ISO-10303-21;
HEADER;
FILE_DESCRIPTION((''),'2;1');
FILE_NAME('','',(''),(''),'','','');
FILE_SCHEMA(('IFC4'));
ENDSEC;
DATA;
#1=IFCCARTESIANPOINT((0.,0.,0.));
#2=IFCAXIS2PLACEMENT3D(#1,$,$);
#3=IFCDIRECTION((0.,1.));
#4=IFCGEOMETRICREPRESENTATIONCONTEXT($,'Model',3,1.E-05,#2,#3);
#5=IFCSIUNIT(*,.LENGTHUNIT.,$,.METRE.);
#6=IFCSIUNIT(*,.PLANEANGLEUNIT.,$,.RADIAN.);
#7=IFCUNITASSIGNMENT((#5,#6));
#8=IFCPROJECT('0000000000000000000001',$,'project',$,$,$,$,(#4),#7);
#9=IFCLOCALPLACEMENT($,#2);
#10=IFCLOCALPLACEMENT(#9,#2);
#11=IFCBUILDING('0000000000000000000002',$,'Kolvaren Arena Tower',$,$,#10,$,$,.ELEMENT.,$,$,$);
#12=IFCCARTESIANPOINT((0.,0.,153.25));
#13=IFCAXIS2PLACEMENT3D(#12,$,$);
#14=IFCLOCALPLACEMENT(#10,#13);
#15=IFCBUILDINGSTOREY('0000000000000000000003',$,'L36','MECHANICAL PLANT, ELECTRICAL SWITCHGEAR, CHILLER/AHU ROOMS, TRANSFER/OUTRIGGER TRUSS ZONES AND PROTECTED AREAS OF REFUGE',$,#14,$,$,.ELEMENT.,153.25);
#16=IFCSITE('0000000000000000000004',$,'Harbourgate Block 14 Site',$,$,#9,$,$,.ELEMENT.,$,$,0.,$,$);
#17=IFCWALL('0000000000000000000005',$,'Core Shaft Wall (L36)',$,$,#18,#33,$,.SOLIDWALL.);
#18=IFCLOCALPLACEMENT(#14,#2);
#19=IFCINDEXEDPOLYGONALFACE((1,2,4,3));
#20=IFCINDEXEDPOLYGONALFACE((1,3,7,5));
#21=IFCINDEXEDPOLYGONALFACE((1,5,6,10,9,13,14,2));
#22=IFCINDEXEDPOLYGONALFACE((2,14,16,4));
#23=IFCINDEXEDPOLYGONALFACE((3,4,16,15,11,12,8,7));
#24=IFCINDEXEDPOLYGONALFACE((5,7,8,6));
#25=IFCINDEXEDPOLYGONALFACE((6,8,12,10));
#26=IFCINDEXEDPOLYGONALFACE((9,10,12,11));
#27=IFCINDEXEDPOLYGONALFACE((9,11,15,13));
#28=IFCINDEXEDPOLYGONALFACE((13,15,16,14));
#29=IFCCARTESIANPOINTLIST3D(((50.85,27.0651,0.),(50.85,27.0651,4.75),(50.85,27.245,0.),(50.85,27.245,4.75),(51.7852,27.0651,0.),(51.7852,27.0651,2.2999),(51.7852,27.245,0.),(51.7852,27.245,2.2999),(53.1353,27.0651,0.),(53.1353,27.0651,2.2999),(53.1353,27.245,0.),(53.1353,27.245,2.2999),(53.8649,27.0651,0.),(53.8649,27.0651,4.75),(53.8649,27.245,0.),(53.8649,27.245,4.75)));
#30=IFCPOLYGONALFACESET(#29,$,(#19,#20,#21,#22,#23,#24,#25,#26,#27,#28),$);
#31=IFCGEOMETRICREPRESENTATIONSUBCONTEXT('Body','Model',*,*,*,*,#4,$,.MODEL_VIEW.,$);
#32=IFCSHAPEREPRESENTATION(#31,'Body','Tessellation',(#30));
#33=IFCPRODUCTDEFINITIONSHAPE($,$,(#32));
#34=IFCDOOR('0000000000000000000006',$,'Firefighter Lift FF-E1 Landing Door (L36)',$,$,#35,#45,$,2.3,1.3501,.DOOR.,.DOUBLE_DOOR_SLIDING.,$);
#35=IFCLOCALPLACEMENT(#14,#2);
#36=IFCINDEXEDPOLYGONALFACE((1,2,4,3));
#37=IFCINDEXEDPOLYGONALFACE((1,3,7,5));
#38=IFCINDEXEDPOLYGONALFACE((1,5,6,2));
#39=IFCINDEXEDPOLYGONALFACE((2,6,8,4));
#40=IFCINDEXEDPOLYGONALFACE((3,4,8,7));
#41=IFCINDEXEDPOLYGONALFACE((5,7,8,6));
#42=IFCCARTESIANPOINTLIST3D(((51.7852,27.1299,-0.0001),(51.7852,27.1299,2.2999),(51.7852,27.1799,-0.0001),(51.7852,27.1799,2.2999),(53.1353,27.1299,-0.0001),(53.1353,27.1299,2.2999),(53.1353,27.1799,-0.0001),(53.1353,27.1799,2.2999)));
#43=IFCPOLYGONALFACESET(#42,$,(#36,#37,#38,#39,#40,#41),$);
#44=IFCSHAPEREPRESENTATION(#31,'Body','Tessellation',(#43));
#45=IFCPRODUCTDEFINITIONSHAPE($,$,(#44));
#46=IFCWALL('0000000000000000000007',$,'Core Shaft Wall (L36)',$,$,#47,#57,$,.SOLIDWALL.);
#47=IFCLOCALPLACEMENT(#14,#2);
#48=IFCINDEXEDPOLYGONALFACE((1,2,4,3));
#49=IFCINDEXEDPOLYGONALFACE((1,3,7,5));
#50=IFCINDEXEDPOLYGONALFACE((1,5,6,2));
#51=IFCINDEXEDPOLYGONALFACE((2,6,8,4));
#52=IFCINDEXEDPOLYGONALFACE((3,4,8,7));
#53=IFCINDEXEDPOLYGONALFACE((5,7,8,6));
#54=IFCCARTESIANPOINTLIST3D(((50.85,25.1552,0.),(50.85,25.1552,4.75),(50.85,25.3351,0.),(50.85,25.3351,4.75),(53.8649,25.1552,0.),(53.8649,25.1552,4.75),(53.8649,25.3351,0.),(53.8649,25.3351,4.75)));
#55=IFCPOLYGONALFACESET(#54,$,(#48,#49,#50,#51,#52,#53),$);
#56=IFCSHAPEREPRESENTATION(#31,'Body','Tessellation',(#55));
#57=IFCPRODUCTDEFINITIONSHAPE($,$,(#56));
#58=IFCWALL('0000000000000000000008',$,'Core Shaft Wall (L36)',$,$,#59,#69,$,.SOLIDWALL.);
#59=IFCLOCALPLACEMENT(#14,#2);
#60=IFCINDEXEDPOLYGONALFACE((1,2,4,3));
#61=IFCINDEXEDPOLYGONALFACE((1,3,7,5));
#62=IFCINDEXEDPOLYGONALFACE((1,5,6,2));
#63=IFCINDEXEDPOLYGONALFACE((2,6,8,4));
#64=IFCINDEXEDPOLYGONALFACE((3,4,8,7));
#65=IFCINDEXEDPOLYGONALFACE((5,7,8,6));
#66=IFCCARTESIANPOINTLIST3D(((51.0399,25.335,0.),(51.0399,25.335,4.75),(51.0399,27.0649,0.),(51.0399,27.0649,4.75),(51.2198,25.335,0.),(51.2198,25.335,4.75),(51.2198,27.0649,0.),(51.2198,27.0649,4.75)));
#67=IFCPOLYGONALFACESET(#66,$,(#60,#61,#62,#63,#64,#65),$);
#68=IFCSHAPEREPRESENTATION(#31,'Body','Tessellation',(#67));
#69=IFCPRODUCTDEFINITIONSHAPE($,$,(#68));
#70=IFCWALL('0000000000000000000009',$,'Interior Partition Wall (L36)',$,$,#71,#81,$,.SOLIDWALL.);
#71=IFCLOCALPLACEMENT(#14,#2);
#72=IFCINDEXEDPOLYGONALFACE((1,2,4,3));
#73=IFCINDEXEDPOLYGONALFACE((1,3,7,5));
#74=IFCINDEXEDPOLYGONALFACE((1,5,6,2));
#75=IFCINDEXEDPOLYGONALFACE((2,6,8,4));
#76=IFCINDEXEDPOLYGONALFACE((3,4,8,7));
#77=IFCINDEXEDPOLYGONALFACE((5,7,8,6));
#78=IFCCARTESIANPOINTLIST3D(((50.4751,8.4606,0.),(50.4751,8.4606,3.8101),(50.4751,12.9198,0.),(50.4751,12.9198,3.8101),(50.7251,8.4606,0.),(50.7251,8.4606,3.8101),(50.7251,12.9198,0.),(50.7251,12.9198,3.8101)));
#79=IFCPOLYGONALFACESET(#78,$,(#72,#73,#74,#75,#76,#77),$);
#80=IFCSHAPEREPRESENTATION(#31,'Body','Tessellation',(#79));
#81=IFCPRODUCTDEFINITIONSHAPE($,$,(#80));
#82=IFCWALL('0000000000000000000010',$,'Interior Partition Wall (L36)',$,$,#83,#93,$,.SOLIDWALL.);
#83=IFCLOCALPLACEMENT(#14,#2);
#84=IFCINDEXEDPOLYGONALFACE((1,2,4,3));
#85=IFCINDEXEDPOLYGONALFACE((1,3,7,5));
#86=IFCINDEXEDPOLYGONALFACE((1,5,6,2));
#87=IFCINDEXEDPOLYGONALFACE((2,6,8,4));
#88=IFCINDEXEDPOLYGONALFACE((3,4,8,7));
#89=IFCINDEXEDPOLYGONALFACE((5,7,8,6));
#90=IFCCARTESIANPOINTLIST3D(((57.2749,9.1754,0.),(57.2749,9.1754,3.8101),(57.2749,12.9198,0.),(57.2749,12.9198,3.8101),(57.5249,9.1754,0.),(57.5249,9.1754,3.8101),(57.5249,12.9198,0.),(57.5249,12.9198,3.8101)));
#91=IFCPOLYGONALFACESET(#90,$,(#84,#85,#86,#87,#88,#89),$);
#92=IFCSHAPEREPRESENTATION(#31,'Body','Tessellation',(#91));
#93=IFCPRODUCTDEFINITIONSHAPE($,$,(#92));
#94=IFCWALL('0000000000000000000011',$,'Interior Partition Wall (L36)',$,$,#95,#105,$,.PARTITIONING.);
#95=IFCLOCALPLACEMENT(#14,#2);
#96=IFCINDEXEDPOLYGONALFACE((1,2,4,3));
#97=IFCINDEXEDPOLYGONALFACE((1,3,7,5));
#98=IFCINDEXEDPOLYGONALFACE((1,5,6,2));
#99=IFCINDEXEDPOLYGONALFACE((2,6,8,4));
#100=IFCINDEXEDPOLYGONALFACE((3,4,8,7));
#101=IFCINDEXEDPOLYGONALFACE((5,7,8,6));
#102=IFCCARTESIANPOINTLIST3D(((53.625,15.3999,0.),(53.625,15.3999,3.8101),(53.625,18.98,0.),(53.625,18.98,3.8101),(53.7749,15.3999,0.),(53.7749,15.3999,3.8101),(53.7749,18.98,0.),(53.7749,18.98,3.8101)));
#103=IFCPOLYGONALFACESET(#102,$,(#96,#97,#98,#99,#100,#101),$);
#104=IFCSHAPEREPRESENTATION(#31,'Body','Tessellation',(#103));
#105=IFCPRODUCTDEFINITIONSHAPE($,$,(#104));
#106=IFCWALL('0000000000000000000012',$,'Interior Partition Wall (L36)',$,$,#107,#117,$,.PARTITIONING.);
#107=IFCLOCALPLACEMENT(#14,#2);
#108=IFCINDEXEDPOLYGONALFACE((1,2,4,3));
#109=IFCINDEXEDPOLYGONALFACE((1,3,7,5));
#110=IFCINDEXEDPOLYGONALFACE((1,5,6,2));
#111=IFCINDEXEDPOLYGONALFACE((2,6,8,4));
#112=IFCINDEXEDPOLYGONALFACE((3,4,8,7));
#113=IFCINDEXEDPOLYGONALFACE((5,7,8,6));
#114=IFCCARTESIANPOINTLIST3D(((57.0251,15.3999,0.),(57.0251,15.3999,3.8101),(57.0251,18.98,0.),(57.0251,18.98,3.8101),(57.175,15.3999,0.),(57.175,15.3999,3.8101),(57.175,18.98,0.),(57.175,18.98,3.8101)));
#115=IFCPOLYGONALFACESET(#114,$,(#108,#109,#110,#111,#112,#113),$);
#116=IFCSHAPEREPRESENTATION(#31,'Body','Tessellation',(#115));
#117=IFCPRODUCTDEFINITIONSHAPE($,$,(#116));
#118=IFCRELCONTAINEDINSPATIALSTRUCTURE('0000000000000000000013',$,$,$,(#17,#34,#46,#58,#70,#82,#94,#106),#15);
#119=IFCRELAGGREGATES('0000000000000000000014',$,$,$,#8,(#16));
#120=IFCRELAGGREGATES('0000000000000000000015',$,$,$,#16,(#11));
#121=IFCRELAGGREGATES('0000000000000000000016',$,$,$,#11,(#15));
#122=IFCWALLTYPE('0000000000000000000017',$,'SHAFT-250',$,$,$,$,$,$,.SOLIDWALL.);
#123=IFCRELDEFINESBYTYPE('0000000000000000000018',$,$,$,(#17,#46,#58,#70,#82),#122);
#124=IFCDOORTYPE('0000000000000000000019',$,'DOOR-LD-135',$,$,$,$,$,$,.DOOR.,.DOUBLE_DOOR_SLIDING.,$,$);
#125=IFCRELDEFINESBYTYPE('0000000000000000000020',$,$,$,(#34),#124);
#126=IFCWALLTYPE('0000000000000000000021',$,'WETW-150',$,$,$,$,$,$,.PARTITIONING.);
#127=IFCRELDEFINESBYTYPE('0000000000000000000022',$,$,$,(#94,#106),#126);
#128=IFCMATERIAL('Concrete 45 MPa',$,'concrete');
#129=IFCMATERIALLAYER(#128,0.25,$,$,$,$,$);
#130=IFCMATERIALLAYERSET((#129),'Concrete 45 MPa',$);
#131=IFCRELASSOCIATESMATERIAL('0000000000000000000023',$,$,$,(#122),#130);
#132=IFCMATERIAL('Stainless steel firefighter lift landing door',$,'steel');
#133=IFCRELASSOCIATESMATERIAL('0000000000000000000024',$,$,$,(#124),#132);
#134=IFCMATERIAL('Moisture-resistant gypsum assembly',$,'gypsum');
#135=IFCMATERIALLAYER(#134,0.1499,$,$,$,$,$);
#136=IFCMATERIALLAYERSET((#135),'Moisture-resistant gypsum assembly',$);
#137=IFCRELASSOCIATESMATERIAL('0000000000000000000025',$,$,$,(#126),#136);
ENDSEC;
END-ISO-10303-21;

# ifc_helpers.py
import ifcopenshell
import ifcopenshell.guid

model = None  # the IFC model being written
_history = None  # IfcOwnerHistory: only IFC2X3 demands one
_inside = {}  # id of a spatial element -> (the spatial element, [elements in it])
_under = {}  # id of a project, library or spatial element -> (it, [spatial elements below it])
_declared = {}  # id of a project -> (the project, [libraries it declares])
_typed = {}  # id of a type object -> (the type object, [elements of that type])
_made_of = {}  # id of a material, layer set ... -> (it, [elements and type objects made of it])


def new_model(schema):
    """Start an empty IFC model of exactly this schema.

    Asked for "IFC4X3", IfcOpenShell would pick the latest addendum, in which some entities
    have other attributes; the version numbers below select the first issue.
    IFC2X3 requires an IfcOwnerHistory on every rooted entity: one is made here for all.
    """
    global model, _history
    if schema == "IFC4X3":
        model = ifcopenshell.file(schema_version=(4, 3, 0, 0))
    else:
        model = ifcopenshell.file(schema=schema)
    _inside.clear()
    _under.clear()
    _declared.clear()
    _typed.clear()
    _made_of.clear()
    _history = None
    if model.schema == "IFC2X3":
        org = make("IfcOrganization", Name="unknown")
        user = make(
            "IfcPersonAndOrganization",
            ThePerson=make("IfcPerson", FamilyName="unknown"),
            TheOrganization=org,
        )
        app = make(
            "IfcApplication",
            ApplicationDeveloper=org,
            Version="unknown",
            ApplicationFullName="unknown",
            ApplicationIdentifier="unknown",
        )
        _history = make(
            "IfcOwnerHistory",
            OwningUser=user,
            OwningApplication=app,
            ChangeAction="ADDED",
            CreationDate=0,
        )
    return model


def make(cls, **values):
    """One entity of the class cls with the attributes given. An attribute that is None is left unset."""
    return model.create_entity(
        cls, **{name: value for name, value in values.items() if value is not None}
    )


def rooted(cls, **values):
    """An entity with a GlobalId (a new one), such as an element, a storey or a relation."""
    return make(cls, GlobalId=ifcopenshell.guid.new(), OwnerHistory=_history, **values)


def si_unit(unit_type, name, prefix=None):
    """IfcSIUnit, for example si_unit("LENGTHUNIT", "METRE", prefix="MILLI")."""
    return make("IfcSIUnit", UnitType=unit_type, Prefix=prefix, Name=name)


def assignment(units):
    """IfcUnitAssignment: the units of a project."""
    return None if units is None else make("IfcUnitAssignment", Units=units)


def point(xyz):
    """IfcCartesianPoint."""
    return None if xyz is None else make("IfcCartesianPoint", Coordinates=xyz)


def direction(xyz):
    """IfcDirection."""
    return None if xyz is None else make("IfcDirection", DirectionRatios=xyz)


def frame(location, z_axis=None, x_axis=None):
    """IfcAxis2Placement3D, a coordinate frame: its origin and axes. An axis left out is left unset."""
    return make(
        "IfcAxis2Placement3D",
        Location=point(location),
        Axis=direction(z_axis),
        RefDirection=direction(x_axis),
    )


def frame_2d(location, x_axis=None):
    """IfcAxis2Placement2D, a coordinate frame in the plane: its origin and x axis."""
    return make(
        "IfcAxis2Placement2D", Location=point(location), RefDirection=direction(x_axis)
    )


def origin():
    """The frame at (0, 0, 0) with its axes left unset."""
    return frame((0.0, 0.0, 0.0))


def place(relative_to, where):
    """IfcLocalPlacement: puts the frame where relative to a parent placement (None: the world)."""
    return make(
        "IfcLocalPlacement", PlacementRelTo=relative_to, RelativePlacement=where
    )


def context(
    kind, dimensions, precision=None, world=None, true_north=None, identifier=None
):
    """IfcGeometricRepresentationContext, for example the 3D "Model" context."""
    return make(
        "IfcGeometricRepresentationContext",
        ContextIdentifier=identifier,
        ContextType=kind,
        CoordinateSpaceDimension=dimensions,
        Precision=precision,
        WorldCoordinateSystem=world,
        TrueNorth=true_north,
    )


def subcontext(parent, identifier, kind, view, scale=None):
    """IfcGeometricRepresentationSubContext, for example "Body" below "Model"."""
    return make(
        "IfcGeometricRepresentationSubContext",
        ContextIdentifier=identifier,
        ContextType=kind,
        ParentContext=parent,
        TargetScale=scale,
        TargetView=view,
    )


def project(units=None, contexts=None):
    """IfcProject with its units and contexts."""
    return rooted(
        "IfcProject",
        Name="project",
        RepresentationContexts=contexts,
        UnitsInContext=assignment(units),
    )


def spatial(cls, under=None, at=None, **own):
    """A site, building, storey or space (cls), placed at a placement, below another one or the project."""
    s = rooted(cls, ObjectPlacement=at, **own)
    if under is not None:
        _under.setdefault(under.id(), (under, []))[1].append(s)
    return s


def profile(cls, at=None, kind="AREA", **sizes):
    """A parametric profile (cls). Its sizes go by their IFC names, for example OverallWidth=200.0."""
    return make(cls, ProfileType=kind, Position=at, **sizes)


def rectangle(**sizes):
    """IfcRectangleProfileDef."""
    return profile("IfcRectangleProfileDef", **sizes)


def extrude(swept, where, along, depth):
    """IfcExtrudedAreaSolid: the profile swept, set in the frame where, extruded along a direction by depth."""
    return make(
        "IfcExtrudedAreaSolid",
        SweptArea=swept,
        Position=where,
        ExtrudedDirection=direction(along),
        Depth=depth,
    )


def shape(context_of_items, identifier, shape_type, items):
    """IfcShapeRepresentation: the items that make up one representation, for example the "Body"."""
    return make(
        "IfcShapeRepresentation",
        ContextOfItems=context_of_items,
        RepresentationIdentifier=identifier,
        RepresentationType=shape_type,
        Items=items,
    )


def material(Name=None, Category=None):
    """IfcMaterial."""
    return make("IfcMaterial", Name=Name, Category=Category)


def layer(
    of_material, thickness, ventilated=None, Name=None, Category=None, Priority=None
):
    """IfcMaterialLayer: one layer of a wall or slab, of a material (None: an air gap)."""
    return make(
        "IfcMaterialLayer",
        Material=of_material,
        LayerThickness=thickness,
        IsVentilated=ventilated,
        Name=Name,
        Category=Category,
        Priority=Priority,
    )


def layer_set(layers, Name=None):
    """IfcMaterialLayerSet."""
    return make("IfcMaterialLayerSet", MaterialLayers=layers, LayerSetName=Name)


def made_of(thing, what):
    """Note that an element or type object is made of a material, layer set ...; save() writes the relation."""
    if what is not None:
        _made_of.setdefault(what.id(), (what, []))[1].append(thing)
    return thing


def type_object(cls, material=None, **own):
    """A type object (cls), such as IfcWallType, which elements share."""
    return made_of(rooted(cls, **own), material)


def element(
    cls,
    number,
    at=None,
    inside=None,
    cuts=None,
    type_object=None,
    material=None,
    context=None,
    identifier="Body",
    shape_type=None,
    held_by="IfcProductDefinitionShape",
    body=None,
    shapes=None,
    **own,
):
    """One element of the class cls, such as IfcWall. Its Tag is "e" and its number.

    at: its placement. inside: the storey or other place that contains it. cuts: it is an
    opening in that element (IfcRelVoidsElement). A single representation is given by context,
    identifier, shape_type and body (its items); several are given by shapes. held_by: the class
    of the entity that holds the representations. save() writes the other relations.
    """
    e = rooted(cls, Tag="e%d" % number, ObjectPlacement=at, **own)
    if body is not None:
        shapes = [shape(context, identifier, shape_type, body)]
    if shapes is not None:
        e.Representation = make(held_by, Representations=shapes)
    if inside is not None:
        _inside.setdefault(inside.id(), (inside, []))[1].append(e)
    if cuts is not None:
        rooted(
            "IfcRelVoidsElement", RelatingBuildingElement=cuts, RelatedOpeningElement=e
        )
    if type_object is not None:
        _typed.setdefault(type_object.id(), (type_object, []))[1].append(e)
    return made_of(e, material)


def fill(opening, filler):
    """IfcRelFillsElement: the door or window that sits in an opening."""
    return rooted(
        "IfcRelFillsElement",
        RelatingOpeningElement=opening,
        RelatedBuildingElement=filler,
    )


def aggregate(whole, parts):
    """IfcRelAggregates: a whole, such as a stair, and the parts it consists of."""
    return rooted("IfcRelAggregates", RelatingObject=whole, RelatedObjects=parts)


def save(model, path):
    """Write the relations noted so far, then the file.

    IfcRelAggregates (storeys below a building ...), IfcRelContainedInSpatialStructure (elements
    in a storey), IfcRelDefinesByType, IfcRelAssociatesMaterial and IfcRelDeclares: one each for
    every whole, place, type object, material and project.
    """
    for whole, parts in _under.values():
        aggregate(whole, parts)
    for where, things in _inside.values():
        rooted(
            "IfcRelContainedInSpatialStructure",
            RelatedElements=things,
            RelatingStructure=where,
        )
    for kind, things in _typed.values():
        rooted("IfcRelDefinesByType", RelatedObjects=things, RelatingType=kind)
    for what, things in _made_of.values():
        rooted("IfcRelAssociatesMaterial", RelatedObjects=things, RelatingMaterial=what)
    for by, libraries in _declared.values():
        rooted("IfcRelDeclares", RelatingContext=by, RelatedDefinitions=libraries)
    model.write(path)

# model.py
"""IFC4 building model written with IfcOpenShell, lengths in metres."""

from ifc_helpers import new_model, si_unit, direction, frame, frame_2d, origin, place, context, subcontext, project, spatial, rectangle, extrude, material, layer, layer_set, type_object, element, fill, save


model = new_model("IFC4")

# Units and contexts
model_context = context("Model", 3, precision=1e-05, world=origin(), true_north=direction((0.0, 1.0)))
body_context = subcontext(model_context, "Body", "Model", "MODEL_VIEW")
ifc_project = project(units=[si_unit("LENGTHUNIT", "METRE"), si_unit("PLANEANGLEUNIT", "RADIAN")], contexts=[model_context])

# Site, building, storey
site_placement = place(None, origin())
site = spatial("IfcSite", under=ifc_project, at=site_placement, Name="Harbourgate Block 14 Site", CompositionType="ELEMENT", RefElevation=0.0)
building_placement = place(site_placement, origin())
building = spatial("IfcBuilding", under=site, at=building_placement, Name="Kolvaren Arena Tower", CompositionType="ELEMENT")
storey_placement = place(building_placement, frame((0.0, 0.0, 153.25)))
storey = spatial("IfcBuildingStorey", under=building, at=storey_placement, Name="L36", Description="MECHANICAL PLANT, ELECTRICAL SWITCHGEAR, CHILLER/AHU ROOMS, TRANSFER/OUTRIGGER TRUSS ZONES AND PROTECTED AREAS OF REFUGE", CompositionType="ELEMENT", Elevation=153.25)

# Shared definitions
ifc_material_1 = material(Name="Concrete 45 MPa", Category="concrete")
ifc_layer_1 = layer(ifc_material_1, 0.25)
ifc_layer_set_1 = layer_set([ifc_layer_1], Name="Concrete 45 MPa")
wall_type_1 = type_object("IfcWallType", Name="SHAFT-250", PredefinedType="SOLIDWALL", material=ifc_layer_set_1)

# Wall, opening, door
wall_1_placement = place(storey_placement, frame((50.8501, 27.155, 0.0), z_axis=(0.0, 0.0, 1.0), x_axis=(1.0, 0.0, 0.0)))
wall_1 = element("IfcWall", 1, at=wall_1_placement, inside=storey, type_object=wall_type_1, Name="Core Shaft Wall (L36)", PredefinedType="SOLIDWALL", context=body_context, shape_type="SweptSolid", body=[
    extrude(rectangle(XDim=3.0149, YDim=0.1799, at=frame_2d((1.5073, 0.0))), origin(), (0.0, 0.0, 1.0), 4.75),
])
opening_1_placement = place(wall_1_placement, frame((0.9351, 0.0, 0.0)))
opening_1 = element("IfcOpeningElement", 2, at=opening_1_placement, cuts=wall_1, PredefinedType="OPENING", context=body_context, shape_type="SweptSolid", body=[
    extrude(rectangle(XDim=1.3501, YDim=2.3, at=frame_2d((0.675, 1.1499))), frame((0.0, 0.0999, 0.0), z_axis=(0.0, -1.0, 0.0), x_axis=(1.0, 0.0, 0.0)), (0.0, 0.0, 1.0), 0.2),
])
ifc_material_2 = material(Name="Stainless steel firefighter lift landing door", Category="steel")
door_type_1 = type_object("IfcDoorType", Name="DOOR-LD-135", OperationType="DOUBLE_DOOR_SLIDING", PredefinedType="DOOR", material=ifc_material_2)
door_1_placement = place(opening_1_placement, origin())
door_1 = element("IfcDoor", 3, at=door_1_placement, inside=storey, type_object=door_type_1, Name="Firefighter Lift FF-E1 Landing Door (L36)", OperationType="DOUBLE_DOOR_SLIDING", OverallHeight=2.3, OverallWidth=1.3501, PredefinedType="DOOR", context=body_context, shape_type="SweptSolid", body=[
    extrude(rectangle(XDim=1.3501, YDim=2.3, at=frame_2d((0.675, 1.1499))), frame((0.0, 0.0249, 0.0), z_axis=(0.0, -1.0, 0.0), x_axis=(1.0, 0.0, 0.0)), (0.0, 0.0, 1.0), 0.05),
])
fill(opening_1, door_1)

# Walls
wall_2_placement = place(storey_placement, frame((50.8501, 25.2451, 0.0), z_axis=(0.0, 0.0, 1.0), x_axis=(1.0, 0.0, 0.0)))
element("IfcWall", 4, at=wall_2_placement, inside=storey, type_object=wall_type_1, Name="Core Shaft Wall (L36)", PredefinedType="SOLIDWALL", context=body_context, shape_type="SweptSolid", body=[
    extrude(rectangle(XDim=3.0149, YDim=0.1799, at=frame_2d((1.5073, 0.0))), origin(), (0.0, 0.0, 1.0), 4.75),
])
wall_3_placement = place(storey_placement, frame((51.1299, 25.335, 0.0), z_axis=(0.0, 0.0, 1.0), x_axis=(0.0, 1.0, 0.0)))
element("IfcWall", 5, at=wall_3_placement, inside=storey, type_object=wall_type_1, Name="Core Shaft Wall (L36)", PredefinedType="SOLIDWALL", context=body_context, shape_type="SweptSolid", body=[
    extrude(rectangle(XDim=1.73, YDim=0.1799, at=frame_2d((0.865, 0.0))), origin(), (0.0, 0.0, 1.0), 4.75),
])

# Walls
wall_4_placement = place(storey_placement, frame((50.6001, 8.4607, 0.0), z_axis=(0.0, 0.0, 1.0), x_axis=(0.0, 1.0, 0.0)))
element("IfcWall", 6, at=wall_4_placement, inside=storey, type_object=wall_type_1, Name="Interior Partition Wall (L36)", PredefinedType="SOLIDWALL", context=body_context, shape_type="SweptSolid", body=[
    extrude(rectangle(XDim=4.4592, YDim=0.25, at=frame_2d((2.2295, 0.0))), origin(), (0.0, 0.0, 1.0), 3.8101),
])
wall_5_placement = place(storey_placement, frame((57.3999, 9.1755, 0.0), z_axis=(0.0, 0.0, 1.0), x_axis=(0.0, 1.0, 0.0)))
element("IfcWall", 7, at=wall_5_placement, inside=storey, type_object=wall_type_1, Name="Interior Partition Wall (L36)", PredefinedType="SOLIDWALL", context=body_context, shape_type="SweptSolid", body=[
    extrude(rectangle(XDim=3.7444, YDim=0.25, at=frame_2d((1.8721, 0.0))), origin(), (0.0, 0.0, 1.0), 3.8101),
])
ifc_material_3 = material(Name="Moisture-resistant gypsum assembly", Category="gypsum")
ifc_layer_2 = layer(ifc_material_3, 0.1499)
ifc_layer_set_2 = layer_set([ifc_layer_2], Name="Moisture-resistant gypsum assembly")
wall_type_2 = type_object("IfcWallType", Name="WETW-150", PredefinedType="PARTITIONING", material=ifc_layer_set_2)
for number, where, z_axis, x_axis, name in (
    (8, (53.7, 15.3999, 0.0), (0.0, 0.0, 1.0), (0.0, 1.0, 0.0), "Interior Partition Wall (L36)"),
    (9, (57.1001, 15.3999, 0.0), (0.0, 0.0, 1.0), (0.0, 1.0, 0.0), "Interior Partition Wall (L36)"),
):
    element("IfcWall", number, at=place(storey_placement, frame(where, z_axis=z_axis, x_axis=x_axis)), inside=storey, type_object=wall_type_2, Name=name, PredefinedType="PARTITIONING", context=body_context, shape_type="SweptSolid", body=[
        extrude(rectangle(XDim=3.5801, YDim=0.1499, at=frame_2d((1.79, 0.0))), origin(), (0.0, 0.0, 1.0), 3.8101),
    ])

save(model, "model.ifc")
